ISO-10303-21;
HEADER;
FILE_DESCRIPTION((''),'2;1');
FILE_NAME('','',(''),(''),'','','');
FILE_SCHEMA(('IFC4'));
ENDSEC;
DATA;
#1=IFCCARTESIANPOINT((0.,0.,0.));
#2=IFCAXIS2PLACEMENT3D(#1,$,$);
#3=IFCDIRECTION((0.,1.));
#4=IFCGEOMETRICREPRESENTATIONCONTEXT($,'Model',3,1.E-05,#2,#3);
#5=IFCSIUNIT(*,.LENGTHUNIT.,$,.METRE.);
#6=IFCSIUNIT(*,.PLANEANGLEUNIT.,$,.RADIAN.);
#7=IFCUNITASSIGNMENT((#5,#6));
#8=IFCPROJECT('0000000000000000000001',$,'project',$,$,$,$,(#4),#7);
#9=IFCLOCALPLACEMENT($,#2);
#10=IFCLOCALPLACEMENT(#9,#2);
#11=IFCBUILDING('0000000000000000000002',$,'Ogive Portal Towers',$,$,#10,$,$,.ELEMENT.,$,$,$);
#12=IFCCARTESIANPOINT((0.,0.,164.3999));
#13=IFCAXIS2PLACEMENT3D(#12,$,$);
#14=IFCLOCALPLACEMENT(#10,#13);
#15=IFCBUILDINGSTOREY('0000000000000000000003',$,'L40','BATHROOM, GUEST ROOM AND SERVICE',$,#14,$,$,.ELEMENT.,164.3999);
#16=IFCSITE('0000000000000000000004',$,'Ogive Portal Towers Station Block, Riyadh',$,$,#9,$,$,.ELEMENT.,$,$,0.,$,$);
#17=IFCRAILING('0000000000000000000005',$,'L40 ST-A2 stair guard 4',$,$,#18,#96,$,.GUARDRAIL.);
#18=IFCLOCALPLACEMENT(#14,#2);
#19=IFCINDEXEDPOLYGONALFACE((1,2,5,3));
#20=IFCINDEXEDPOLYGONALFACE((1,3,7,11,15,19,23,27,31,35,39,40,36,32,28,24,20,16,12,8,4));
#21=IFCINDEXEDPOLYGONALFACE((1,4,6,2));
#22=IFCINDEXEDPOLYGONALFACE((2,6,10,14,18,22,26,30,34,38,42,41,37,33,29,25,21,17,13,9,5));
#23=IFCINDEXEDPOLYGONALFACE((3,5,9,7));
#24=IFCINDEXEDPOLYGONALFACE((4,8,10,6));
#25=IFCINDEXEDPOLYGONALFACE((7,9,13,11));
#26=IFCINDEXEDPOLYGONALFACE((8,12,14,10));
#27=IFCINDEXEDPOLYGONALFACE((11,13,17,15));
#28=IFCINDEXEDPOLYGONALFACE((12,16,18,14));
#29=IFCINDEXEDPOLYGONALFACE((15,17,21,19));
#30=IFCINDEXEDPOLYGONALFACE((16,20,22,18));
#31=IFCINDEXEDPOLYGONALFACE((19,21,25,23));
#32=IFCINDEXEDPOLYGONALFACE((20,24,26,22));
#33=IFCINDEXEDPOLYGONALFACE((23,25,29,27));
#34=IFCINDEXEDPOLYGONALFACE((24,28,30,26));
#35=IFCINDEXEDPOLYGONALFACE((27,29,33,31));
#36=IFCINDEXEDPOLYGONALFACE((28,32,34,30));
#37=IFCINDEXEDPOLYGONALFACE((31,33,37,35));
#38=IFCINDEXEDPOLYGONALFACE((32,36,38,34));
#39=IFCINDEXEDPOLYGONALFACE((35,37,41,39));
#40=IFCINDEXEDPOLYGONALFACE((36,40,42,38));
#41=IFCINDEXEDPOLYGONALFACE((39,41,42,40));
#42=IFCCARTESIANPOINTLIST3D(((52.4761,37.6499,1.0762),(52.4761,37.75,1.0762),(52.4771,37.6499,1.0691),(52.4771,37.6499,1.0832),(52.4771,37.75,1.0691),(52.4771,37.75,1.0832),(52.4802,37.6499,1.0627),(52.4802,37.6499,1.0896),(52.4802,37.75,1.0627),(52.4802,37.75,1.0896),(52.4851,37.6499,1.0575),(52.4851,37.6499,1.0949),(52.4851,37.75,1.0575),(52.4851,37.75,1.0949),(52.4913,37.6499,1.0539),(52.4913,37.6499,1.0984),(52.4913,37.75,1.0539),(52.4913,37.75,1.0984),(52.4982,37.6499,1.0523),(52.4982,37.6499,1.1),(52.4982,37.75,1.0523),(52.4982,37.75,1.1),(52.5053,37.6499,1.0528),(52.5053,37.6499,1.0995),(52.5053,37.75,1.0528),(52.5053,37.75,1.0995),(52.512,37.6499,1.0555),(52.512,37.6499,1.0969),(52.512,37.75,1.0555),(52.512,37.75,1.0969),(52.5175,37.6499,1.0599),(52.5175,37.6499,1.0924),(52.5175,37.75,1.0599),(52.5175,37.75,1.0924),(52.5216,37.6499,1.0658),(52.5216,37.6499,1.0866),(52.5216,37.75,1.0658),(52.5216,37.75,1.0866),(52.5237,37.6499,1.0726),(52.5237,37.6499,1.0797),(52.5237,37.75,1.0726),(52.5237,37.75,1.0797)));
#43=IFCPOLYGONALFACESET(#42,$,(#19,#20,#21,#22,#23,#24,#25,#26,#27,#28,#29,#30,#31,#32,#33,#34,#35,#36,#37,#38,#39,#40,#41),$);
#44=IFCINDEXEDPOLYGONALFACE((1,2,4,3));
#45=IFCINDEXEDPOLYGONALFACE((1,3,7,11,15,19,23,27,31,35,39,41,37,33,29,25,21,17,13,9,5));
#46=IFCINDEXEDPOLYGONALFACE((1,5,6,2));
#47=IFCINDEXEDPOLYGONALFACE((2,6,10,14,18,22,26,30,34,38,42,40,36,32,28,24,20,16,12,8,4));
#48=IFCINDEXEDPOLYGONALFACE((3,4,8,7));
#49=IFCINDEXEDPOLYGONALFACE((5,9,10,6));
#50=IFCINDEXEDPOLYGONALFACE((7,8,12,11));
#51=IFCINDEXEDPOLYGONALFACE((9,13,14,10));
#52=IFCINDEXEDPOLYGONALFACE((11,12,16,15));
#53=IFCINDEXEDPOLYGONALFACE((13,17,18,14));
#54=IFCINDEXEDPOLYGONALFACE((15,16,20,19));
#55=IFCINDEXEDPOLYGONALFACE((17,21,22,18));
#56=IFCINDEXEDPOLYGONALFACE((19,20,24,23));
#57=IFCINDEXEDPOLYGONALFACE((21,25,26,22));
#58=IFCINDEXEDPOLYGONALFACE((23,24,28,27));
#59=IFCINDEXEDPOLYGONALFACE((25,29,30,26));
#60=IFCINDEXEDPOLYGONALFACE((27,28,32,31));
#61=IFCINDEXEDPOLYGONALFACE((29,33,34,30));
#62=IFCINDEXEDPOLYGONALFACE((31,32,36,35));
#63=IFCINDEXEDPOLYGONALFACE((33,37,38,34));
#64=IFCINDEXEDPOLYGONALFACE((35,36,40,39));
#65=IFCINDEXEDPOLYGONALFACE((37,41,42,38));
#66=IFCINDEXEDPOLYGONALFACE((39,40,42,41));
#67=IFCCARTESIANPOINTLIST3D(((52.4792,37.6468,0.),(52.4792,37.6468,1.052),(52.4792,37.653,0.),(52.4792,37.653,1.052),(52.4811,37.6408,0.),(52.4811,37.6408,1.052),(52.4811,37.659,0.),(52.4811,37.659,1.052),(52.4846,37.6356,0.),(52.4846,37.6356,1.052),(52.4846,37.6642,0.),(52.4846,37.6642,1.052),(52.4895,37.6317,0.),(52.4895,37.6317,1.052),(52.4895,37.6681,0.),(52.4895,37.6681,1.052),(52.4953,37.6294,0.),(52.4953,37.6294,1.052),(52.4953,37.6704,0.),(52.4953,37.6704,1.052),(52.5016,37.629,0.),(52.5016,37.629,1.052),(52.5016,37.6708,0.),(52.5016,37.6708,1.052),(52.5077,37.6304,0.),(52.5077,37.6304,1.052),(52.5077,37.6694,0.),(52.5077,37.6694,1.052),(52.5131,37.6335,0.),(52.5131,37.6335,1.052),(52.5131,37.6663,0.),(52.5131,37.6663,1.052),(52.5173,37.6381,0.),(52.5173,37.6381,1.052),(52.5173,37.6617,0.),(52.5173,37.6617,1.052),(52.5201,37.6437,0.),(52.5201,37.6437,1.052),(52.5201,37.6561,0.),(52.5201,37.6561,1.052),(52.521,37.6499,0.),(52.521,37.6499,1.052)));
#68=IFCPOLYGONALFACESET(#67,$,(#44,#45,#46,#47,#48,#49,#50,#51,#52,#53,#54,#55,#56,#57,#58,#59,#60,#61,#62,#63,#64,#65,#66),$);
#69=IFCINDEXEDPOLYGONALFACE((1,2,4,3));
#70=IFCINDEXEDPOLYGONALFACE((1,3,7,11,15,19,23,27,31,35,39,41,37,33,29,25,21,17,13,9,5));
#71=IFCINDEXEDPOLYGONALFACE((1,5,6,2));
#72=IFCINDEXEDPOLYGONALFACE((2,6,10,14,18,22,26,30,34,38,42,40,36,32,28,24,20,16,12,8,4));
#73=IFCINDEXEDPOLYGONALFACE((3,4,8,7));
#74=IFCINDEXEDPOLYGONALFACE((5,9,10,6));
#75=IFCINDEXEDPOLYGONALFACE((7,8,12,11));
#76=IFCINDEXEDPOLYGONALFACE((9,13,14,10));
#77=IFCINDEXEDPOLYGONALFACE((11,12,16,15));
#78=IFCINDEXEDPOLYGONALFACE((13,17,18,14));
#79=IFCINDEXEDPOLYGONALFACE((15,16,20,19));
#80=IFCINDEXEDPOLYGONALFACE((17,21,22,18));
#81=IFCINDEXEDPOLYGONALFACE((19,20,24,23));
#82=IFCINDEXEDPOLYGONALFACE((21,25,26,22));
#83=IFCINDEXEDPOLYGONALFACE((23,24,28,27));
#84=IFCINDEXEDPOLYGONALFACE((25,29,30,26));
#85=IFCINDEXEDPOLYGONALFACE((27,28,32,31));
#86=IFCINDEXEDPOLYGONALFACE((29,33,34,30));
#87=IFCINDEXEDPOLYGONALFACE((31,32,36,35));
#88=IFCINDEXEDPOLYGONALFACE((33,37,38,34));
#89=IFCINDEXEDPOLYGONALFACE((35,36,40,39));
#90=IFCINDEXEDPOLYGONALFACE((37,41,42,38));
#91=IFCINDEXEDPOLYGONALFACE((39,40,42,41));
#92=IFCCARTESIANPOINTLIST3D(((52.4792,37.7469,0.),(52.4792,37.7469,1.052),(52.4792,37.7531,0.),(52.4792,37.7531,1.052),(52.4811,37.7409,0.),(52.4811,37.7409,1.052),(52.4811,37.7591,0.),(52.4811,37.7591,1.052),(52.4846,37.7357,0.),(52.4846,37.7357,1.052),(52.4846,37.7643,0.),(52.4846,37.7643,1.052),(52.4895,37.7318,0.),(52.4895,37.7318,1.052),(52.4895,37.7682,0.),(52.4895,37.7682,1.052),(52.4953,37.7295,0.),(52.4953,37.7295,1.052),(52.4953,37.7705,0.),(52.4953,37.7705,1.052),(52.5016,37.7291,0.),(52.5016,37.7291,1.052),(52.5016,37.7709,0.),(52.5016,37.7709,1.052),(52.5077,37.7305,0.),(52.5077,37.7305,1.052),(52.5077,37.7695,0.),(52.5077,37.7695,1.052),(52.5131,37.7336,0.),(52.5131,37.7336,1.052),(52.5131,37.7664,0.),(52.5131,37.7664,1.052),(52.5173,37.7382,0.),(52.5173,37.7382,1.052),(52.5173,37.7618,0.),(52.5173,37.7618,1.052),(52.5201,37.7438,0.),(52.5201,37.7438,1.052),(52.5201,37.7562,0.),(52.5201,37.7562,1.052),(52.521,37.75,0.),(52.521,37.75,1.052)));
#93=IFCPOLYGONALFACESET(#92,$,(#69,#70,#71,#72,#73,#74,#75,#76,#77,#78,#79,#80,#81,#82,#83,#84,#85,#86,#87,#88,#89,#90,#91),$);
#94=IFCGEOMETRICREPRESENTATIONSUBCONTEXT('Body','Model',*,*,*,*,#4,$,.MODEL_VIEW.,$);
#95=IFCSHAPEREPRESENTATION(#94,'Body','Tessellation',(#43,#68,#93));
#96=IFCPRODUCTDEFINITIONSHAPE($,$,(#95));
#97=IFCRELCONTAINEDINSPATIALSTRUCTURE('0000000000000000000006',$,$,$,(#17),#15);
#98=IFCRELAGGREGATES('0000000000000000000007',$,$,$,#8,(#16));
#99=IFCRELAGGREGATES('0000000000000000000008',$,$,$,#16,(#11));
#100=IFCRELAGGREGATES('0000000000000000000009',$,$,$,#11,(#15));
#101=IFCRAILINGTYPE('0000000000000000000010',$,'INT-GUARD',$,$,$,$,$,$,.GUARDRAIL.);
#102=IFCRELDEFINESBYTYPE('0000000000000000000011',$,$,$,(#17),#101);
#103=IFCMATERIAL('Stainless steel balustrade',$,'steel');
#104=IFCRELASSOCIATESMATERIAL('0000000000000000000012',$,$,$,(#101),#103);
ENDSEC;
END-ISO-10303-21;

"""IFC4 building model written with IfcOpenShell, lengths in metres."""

from ifc_helpers import new_model, si_unit, direction, frame, origin, origin_2d, place, context, subcontext, project, spatial, circle, extrude, material, type_object, element, save


model = new_model("IFC4")

# Units and contexts
model_context = context("Model", 3, precision=1e-05, world=origin(), true_north=direction((0.0, 1.0)))
body_context = subcontext(model_context, "Body", "Model", "MODEL_VIEW")
ifc_project = project(units=[si_unit("LENGTHUNIT", "METRE"), si_unit("PLANEANGLEUNIT", "RADIAN")], contexts=[model_context])

# Site, building, storey
site_placement = place(None, origin())
site = spatial("IfcSite", under=ifc_project, at=site_placement, Name="Ogive Portal Towers Station Block, Riyadh", CompositionType="ELEMENT", RefElevation=0.0)
building_placement = place(site_placement, origin())
building = spatial("IfcBuilding", under=site, at=building_placement, Name="Ogive Portal Towers", CompositionType="ELEMENT")
storey_placement = place(building_placement, frame((0.0, 0.0, 164.3999)))
storey = spatial("IfcBuildingStorey", under=building, at=storey_placement, Name="L40", Description="BATHROOM, GUEST ROOM AND SERVICE", CompositionType="ELEMENT", Elevation=164.3999)

# Railing
ifc_material_1 = material(Name="Stainless steel balustrade", Category="steel")
railing_type_1 = type_object("IfcRailingType", Name="INT-GUARD", PredefinedType="GUARDRAIL", material=ifc_material_1)
railing_1_placement = place(storey_placement, frame((52.5, 37.6499, 0.0)))
element("IfcRailing", 1, at=railing_1_placement, inside=storey, type_object=railing_type_1, Name="L40 ST-A2 stair guard 4", PredefinedType="GUARDRAIL", context=body_context, shape_type="SweptSolid", body=[
    extrude(circle(Radius=0.0239, at=origin_2d()), frame((0.0, 0.0, 1.0762), z_axis=(0.0, 1.0, 0.0), x_axis=(-1.0, 0.0, 0.0)), (0.0, 0.0, 1.0), 0.1001),
    extrude(circle(Radius=0.021, at=origin_2d()), origin(), (0.0, 0.0, 1.0), 1.052),
    extrude(circle(Radius=0.021, at=origin_2d()), frame((0.0, 0.1001, 0.0)), (0.0, 0.0, 1.0), 1.052),
])

save(model, "model.ifc")
